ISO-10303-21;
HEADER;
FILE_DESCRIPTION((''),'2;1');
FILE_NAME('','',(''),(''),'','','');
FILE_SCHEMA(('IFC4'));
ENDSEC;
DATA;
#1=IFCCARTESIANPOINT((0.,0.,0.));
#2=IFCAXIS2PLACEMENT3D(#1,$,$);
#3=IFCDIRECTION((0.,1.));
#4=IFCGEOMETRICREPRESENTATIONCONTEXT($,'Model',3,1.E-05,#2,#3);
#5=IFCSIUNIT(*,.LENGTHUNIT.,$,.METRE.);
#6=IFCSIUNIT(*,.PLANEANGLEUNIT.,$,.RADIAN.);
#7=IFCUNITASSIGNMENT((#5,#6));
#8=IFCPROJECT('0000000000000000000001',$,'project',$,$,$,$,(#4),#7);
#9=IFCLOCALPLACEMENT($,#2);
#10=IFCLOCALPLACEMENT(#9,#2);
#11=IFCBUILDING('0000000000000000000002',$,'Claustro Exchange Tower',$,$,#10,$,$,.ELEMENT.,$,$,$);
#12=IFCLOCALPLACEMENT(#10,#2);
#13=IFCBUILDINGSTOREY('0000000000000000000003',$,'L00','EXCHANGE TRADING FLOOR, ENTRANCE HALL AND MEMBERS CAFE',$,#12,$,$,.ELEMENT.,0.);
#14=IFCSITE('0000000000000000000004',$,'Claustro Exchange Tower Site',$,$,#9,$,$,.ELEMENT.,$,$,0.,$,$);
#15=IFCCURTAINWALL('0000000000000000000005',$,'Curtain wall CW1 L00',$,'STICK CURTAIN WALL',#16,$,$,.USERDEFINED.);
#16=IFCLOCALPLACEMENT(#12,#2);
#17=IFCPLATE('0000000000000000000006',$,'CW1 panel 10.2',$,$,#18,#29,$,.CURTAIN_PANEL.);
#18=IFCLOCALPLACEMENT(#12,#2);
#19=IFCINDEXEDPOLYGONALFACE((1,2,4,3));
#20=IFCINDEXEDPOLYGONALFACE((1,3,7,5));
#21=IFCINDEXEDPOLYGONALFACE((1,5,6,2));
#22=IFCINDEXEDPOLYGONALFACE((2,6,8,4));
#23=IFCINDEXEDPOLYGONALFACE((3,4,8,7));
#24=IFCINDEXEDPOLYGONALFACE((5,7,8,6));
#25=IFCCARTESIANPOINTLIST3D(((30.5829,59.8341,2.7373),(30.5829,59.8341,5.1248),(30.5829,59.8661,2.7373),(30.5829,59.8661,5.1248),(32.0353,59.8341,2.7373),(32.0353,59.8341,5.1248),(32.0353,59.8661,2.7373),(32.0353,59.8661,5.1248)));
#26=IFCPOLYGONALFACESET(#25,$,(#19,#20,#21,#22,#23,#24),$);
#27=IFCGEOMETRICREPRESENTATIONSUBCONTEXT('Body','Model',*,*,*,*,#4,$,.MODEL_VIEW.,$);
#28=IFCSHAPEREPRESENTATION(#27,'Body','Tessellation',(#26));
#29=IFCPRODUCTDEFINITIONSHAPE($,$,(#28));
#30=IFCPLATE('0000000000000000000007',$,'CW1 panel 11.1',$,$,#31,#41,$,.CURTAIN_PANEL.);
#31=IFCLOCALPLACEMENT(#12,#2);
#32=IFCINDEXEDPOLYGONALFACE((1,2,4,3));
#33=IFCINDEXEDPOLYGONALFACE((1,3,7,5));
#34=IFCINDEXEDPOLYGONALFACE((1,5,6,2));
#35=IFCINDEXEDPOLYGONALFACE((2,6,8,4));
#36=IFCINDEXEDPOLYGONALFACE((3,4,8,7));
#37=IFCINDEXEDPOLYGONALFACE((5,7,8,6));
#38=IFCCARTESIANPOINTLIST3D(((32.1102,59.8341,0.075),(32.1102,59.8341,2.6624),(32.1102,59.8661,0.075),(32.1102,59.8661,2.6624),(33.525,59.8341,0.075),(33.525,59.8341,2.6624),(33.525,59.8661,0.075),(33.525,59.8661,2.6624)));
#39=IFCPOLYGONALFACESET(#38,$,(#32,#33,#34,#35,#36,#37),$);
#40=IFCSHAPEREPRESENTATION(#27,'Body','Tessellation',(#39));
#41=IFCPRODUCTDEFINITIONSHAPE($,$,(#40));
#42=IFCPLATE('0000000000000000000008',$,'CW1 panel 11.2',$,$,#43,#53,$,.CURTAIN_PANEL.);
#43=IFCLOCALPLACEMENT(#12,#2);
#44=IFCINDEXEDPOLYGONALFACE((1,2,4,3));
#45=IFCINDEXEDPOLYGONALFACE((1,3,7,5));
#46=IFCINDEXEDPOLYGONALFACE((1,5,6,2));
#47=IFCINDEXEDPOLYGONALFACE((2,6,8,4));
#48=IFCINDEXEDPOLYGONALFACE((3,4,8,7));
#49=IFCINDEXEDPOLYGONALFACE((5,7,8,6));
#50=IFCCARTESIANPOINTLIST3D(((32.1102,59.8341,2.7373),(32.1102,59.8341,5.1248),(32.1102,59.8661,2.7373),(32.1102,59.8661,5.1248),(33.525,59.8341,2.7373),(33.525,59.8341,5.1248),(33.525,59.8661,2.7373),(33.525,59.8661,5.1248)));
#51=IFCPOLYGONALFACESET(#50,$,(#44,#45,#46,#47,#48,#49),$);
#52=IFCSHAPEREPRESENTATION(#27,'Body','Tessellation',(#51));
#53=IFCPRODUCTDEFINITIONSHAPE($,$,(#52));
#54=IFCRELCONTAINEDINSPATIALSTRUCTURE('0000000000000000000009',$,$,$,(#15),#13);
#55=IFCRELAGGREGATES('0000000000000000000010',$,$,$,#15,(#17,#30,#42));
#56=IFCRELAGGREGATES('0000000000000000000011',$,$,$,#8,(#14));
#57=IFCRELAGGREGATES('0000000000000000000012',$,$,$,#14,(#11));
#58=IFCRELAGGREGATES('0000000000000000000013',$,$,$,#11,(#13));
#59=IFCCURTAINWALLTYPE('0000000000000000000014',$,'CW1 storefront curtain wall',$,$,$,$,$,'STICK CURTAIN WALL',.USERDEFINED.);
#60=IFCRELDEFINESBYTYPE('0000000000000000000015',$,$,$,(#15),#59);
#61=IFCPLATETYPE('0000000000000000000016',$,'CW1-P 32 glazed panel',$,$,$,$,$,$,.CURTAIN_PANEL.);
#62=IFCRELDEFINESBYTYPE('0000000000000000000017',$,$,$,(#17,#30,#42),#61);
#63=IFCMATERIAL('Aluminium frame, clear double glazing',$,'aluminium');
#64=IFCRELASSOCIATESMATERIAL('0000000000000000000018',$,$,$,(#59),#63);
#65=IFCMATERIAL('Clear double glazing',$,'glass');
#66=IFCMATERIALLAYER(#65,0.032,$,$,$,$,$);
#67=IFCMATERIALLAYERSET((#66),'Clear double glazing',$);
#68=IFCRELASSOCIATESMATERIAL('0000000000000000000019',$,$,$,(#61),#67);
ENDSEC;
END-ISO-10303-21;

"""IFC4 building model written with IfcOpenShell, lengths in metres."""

from ifc_helpers import new_model, si_unit, direction, frame, origin, origin_2d, place, context, subcontext, project, spatial, rectangle, extrude, material, layer, layer_set, type_object, element, aggregate, save


model = new_model("IFC4")

# Units and contexts
model_context = context("Model", 3, precision=1e-05, world=origin(), true_north=direction((0.0, 1.0)))
body_context = subcontext(model_context, "Body", "Model", "MODEL_VIEW")
ifc_project = project(units=[si_unit("LENGTHUNIT", "METRE"), si_unit("PLANEANGLEUNIT", "RADIAN")], contexts=[model_context])

# Site, building, storey
site_placement = place(None, origin())
site = spatial("IfcSite", under=ifc_project, at=site_placement, Name="Claustro Exchange Tower Site", CompositionType="ELEMENT", RefElevation=0.0)
building_placement = place(site_placement, origin())
building = spatial("IfcBuilding", under=site, at=building_placement, Name="Claustro Exchange Tower", CompositionType="ELEMENT")
storey_placement = place(building_placement, origin())
storey = spatial("IfcBuildingStorey", under=building, at=storey_placement, Name="L00", Description="EXCHANGE TRADING FLOOR, ENTRANCE HALL AND MEMBERS CAFE", CompositionType="ELEMENT", Elevation=0.0)

# Curtain wall, plates
ifc_material_1 = material(Name="Aluminium frame, clear double glazing", Category="aluminium")
curtain_wall_type = type_object("IfcCurtainWallType", Name="CW1 storefront curtain wall", ElementType="STICK CURTAIN WALL", PredefinedType="USERDEFINED", material=ifc_material_1)
curtain_wall_placement = place(storey_placement, origin())
curtain_wall = element("IfcCurtainWall", 1, at=curtain_wall_placement, inside=storey, type_object=curtain_wall_type, Name="Curtain wall CW1 L00", ObjectType="STICK CURTAIN WALL", PredefinedType="USERDEFINED")
ifc_material_2 = material(Name="Clear double glazing", Category="glass")
ifc_layer = layer(ifc_material_2, 0.032)
ifc_layer_set = layer_set([ifc_layer], Name="Clear double glazing")
plate_type = type_object("IfcPlateType", Name="CW1-P 32 glazed panel", PredefinedType="CURTAIN_PANEL", material=ifc_layer_set)
plate_1_placement = place(storey_placement, frame((31.3091, 59.8501, 2.7373), z_axis=(0.0, 0.0, 1.0), x_axis=(1.0, 0.0, 0.0)))
plate_1 = element("IfcPlate", 2, at=plate_1_placement, type_object=plate_type, Name="CW1 panel 10.2", PredefinedType="CURTAIN_PANEL", context=body_context, shape_type="SweptSolid", body=[
    extrude(rectangle(XDim=1.4524, YDim=0.032, at=origin_2d()), origin(), (0.0, 0.0, 1.0), 2.3875),
])
plate_2_placement = place(storey_placement, frame((32.8176, 59.8501, 0.075), z_axis=(0.0, 0.0, 1.0), x_axis=(1.0, 0.0, 0.0)))
plate_2 = element("IfcPlate", 3, at=plate_2_placement, type_object=plate_type, Name="CW1 panel 11.1", PredefinedType="CURTAIN_PANEL", context=body_context, shape_type="SweptSolid", body=[
    extrude(rectangle(XDim=1.4148, YDim=0.032, at=origin_2d()), origin(), (0.0, 0.0, 1.0), 2.5874),
])
plate_3_placement = place(storey_placement, frame((32.8176, 59.8501, 2.7373), z_axis=(0.0, 0.0, 1.0), x_axis=(1.0, 0.0, 0.0)))
plate_3 = element("IfcPlate", 4, at=plate_3_placement, type_object=plate_type, Name="CW1 panel 11.2", PredefinedType="CURTAIN_PANEL", context=body_context, shape_type="SweptSolid", body=[
    extrude(rectangle(XDim=1.4148, YDim=0.032, at=origin_2d()), origin(), (0.0, 0.0, 1.0), 2.3875),
])
aggregate(curtain_wall, [plate_1, plate_2, plate_3])

save(model, "model.ifc")
